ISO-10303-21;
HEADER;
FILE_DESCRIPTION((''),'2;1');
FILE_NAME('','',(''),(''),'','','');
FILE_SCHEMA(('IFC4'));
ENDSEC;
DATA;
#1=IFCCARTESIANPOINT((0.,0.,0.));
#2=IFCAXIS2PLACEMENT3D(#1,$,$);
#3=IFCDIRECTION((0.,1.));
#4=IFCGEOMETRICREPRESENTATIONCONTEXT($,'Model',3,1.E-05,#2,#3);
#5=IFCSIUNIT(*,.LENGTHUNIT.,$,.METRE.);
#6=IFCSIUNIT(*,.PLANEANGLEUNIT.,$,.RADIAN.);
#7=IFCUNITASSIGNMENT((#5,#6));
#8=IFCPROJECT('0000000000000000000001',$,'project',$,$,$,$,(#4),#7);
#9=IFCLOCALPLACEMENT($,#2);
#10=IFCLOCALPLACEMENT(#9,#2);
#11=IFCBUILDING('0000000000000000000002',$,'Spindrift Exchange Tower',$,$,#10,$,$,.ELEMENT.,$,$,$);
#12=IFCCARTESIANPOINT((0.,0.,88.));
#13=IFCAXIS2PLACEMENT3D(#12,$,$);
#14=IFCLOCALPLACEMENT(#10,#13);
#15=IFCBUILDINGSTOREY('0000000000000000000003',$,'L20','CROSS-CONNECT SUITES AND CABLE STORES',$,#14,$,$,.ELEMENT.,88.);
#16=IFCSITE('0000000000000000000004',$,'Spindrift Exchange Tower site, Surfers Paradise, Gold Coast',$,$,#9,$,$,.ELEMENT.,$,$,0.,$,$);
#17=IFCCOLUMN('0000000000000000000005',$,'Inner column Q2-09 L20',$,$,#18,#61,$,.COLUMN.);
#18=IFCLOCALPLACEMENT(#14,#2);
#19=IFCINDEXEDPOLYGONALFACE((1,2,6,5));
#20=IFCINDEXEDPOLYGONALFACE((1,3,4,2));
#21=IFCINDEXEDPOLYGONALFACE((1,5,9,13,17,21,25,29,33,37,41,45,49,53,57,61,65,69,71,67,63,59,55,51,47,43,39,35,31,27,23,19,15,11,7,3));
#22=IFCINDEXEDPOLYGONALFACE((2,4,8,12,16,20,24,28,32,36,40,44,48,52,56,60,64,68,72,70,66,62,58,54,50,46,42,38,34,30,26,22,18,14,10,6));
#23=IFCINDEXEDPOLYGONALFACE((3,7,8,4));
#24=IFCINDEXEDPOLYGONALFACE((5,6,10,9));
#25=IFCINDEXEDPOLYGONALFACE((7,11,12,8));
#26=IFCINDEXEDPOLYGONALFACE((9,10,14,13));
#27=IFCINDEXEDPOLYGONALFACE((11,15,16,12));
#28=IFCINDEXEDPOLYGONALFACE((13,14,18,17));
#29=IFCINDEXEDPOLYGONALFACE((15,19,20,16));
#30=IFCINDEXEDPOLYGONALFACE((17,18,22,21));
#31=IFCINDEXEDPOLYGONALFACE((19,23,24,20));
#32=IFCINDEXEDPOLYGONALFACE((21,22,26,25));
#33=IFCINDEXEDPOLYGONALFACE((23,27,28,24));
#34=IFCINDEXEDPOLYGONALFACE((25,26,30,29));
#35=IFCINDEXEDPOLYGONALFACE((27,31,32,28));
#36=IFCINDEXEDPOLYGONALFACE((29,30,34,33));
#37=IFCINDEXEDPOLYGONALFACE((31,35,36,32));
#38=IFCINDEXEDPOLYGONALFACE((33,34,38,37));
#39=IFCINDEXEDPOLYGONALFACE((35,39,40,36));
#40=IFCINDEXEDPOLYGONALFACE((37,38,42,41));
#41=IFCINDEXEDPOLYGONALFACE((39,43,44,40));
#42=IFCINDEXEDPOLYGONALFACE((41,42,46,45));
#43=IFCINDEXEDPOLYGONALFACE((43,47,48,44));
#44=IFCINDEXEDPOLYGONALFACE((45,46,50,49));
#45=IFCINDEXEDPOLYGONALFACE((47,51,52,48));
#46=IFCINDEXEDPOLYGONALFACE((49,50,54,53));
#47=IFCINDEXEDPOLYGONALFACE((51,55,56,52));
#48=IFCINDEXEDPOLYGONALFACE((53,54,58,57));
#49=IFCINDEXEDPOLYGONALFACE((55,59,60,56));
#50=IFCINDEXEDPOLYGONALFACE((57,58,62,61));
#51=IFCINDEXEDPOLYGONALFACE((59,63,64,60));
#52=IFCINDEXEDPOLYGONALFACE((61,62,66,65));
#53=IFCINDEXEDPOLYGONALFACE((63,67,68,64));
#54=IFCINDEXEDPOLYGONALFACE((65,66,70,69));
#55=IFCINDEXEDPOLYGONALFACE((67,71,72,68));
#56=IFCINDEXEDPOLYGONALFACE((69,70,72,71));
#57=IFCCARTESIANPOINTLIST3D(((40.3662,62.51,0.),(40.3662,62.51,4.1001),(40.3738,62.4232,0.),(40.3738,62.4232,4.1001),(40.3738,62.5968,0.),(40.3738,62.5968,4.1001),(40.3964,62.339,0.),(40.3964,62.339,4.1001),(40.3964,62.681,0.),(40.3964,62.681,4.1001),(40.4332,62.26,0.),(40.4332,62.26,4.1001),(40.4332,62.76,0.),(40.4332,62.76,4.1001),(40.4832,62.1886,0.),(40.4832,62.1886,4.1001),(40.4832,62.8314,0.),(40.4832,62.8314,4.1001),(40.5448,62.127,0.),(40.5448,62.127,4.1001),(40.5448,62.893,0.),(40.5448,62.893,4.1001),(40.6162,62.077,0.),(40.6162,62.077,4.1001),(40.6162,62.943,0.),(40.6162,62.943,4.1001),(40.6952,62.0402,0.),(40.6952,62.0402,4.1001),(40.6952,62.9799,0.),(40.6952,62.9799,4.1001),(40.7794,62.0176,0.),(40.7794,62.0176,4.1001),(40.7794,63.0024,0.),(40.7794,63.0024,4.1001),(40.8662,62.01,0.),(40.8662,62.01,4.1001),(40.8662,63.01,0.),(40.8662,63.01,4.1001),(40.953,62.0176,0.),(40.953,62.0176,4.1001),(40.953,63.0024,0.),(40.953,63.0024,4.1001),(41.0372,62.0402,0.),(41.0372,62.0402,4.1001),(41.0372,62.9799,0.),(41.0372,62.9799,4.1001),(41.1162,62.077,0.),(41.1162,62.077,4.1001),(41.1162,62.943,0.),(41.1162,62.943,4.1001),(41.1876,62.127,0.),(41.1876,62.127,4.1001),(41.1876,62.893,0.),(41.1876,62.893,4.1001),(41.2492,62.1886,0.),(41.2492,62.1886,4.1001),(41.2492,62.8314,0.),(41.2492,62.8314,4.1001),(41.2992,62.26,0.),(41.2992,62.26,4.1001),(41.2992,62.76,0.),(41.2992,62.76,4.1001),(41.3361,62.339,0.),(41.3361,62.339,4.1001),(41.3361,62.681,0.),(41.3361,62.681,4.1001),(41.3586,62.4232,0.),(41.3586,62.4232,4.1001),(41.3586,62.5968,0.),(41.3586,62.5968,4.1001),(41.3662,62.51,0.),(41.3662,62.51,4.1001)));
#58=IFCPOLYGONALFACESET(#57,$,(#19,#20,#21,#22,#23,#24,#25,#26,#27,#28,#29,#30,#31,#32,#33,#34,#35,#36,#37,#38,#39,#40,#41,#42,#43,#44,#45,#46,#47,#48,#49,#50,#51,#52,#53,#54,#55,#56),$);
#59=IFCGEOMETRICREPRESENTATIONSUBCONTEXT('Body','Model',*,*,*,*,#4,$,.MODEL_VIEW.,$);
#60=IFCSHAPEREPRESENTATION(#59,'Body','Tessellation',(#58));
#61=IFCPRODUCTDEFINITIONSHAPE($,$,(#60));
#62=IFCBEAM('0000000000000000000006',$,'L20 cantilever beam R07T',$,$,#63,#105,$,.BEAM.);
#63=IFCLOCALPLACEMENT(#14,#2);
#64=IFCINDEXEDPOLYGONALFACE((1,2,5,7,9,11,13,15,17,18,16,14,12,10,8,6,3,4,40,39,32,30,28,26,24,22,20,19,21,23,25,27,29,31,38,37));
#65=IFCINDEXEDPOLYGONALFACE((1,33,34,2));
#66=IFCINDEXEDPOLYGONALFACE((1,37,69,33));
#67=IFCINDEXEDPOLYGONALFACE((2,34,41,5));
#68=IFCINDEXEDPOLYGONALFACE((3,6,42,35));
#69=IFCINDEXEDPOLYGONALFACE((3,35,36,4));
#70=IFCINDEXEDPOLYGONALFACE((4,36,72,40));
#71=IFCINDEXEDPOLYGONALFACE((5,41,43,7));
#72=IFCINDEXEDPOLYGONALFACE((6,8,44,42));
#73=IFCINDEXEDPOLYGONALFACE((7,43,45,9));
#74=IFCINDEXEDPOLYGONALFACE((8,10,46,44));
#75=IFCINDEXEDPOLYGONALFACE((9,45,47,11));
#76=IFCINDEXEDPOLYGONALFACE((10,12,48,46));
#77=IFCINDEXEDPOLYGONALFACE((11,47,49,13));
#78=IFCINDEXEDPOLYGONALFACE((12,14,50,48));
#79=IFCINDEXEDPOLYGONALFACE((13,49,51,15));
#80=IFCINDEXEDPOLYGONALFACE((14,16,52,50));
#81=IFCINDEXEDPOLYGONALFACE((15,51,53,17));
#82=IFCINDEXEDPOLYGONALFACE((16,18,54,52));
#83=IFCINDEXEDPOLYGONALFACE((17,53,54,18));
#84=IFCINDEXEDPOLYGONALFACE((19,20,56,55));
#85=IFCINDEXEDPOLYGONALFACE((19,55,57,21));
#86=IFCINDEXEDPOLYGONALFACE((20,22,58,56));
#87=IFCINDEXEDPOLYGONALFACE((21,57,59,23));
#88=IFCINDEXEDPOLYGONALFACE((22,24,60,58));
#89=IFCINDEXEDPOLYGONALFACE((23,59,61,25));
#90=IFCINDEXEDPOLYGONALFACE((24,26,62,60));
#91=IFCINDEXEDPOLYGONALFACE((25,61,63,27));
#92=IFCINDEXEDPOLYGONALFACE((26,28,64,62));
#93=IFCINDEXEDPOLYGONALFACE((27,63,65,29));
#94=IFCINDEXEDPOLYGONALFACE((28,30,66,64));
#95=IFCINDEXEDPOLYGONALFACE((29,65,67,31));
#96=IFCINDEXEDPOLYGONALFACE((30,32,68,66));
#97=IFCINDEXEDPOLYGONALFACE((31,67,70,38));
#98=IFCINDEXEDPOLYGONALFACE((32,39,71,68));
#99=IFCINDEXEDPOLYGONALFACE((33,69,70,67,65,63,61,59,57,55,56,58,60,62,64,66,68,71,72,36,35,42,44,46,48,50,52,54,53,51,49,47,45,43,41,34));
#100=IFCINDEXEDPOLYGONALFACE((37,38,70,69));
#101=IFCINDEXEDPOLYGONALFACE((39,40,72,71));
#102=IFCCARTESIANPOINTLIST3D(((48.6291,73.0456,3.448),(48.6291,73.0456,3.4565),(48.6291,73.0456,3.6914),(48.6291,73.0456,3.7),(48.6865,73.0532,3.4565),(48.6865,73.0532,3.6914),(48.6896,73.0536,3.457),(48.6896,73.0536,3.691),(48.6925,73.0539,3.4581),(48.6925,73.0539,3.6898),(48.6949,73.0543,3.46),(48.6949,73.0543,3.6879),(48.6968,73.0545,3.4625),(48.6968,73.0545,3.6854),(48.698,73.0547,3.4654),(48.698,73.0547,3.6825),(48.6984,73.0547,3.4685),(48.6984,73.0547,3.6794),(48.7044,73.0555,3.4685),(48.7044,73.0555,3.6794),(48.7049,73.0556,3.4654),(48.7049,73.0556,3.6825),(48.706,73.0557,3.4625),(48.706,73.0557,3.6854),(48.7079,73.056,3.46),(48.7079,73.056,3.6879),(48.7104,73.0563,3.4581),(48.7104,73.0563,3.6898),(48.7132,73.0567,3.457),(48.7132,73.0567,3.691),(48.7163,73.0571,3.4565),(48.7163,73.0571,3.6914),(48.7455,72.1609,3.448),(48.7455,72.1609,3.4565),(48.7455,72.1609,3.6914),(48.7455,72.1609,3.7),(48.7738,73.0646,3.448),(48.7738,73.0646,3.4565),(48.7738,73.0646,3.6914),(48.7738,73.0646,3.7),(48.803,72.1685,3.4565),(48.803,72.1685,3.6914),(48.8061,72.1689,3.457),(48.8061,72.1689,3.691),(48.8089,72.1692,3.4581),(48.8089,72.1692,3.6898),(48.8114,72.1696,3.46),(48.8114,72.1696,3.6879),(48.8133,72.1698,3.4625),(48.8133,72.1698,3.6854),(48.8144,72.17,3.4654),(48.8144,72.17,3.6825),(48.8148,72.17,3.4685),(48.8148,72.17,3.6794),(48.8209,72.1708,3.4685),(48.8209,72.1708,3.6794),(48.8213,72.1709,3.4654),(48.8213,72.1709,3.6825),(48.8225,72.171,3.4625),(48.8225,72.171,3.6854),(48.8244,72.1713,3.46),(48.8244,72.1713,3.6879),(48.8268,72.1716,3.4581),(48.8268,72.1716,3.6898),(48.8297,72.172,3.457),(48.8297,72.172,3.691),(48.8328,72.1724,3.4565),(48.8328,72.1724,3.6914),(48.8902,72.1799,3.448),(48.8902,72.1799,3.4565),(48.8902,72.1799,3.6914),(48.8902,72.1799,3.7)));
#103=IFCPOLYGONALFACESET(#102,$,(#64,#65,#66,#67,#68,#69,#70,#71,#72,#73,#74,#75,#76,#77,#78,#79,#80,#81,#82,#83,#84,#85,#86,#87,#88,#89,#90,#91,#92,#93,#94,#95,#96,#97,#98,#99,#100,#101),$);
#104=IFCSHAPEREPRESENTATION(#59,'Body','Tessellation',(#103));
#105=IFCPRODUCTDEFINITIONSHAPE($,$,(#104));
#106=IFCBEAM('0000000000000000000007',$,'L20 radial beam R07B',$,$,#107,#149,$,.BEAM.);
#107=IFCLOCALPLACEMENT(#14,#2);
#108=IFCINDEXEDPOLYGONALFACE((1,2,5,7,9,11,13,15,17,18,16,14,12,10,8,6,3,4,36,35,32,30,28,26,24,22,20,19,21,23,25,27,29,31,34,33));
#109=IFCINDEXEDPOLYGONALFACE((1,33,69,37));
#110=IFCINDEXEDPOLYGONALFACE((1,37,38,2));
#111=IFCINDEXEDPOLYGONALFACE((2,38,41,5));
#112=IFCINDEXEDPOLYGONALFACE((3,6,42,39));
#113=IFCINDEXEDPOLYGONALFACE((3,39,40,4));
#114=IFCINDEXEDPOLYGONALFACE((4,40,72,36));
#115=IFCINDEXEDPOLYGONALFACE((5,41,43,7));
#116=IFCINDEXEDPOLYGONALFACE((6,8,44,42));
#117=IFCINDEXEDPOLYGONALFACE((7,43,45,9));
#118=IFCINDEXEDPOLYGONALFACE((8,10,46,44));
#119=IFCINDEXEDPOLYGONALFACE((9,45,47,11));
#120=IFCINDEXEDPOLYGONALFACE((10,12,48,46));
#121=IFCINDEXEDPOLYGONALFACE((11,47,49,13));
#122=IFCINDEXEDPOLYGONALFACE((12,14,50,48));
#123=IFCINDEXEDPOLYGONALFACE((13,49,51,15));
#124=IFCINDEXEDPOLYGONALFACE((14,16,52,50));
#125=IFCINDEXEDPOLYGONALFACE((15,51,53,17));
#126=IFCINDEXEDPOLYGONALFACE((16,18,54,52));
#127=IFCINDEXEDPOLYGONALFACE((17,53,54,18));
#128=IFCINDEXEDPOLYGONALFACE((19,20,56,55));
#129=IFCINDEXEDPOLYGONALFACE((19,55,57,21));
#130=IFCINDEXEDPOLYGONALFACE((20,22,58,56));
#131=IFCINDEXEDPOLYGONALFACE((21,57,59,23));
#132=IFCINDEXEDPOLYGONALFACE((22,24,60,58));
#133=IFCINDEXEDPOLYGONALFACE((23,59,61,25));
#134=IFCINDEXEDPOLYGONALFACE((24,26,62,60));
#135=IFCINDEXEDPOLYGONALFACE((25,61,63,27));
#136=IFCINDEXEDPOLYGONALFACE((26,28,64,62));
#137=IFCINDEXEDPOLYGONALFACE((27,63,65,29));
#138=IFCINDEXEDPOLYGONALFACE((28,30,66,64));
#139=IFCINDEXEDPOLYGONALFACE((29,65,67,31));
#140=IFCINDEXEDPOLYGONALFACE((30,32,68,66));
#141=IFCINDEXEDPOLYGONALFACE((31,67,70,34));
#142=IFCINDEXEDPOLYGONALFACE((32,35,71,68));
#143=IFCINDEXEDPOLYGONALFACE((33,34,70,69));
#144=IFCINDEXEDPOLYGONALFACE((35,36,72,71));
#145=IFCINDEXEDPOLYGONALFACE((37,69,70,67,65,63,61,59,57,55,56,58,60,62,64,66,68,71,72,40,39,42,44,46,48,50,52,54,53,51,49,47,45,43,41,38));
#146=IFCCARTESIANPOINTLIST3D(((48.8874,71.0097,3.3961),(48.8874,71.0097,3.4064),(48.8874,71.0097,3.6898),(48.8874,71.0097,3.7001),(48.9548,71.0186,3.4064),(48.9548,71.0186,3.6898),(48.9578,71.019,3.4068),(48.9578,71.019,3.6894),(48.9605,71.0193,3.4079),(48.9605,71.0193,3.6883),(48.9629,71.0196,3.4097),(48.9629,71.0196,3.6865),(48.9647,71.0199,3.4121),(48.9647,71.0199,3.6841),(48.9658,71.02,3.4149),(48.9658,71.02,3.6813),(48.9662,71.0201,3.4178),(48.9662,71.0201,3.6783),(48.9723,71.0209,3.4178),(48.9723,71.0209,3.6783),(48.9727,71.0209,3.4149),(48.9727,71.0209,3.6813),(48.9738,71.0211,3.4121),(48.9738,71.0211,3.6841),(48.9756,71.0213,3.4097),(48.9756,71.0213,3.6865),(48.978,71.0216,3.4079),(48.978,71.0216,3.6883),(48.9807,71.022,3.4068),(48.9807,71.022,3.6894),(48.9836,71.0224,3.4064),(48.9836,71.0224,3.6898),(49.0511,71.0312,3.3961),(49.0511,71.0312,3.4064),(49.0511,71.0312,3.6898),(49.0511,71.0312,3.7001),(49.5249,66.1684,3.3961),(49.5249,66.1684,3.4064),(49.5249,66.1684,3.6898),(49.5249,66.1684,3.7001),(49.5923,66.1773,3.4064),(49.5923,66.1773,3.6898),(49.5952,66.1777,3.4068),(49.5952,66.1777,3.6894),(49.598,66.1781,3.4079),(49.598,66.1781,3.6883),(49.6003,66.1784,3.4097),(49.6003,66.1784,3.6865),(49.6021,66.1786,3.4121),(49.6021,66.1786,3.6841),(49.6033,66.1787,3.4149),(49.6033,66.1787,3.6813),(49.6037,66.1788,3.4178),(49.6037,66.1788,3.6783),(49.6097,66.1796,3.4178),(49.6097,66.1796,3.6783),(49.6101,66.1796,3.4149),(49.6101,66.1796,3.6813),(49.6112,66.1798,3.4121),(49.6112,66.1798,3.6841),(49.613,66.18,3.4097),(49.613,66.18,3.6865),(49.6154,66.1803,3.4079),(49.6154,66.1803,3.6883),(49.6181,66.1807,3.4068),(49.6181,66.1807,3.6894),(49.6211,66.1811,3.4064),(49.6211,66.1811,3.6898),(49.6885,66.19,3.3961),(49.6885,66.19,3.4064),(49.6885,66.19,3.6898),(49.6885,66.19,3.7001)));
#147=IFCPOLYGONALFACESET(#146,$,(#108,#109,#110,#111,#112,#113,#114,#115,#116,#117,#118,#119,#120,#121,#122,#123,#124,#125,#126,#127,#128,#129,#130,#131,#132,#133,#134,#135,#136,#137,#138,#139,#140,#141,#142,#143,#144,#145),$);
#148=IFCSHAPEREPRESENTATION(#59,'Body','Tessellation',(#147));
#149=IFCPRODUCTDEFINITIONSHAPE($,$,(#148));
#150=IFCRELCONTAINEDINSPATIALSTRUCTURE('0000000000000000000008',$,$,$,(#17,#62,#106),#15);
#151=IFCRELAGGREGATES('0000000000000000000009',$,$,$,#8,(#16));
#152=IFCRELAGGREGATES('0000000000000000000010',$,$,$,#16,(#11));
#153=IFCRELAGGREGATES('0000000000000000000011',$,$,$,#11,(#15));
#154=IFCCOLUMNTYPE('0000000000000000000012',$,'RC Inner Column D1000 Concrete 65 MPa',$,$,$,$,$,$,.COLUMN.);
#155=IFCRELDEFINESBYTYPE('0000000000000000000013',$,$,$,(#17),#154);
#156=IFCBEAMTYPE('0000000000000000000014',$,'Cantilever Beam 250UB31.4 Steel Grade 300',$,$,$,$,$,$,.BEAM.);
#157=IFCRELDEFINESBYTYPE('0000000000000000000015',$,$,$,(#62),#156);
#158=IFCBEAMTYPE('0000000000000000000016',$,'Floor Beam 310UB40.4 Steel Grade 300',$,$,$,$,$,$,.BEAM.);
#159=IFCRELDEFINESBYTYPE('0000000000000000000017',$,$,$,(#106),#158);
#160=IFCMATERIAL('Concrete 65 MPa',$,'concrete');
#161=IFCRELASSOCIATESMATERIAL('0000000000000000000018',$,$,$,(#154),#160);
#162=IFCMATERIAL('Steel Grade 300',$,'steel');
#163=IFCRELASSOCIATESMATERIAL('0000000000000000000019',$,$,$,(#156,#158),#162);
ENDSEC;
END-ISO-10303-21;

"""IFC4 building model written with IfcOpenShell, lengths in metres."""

from ifc_helpers import new_model, si_unit, direction, frame, origin, origin_2d, place, context, subcontext, project, spatial, circle, i_section, extrude, source, transform, mapped, material, material_profile, profile_set, type_object, element, save


model = new_model("IFC4")

# Units and contexts
model_context = context("Model", 3, precision=1e-05, world=origin(), true_north=direction((0.0, 1.0)))
body_context = subcontext(model_context, "Body", "Model", "MODEL_VIEW")
ifc_project = project(units=[si_unit("LENGTHUNIT", "METRE"), si_unit("PLANEANGLEUNIT", "RADIAN")], contexts=[model_context])

# Site, building, storey
site_placement = place(None, origin())
site = spatial("IfcSite", under=ifc_project, at=site_placement, Name="Spindrift Exchange Tower site, Surfers Paradise, Gold Coast", CompositionType="ELEMENT", RefElevation=0.0)
building_placement = place(site_placement, origin())
building = spatial("IfcBuilding", under=site, at=building_placement, Name="Spindrift Exchange Tower", CompositionType="ELEMENT")
storey_placement = place(building_placement, frame((0.0, 0.0, 88.0)))
storey = spatial("IfcBuildingStorey", under=building, at=storey_placement, Name="L20", Description="CROSS-CONNECT SUITES AND CABLE STORES", CompositionType="ELEMENT", Elevation=88.0)

# Column
ifc_material_1 = material(Name="Concrete 65 MPa", Category="concrete")
ifc_material_profile_1 = material_profile(ifc_material_1, circle(Radius=0.5, at=origin_2d()), Name="RC D1000")
ifc_profile_set_1 = profile_set([ifc_material_profile_1], Name="Concrete 65 MPa")
column_type_1 = type_object("IfcColumnType", Name="RC Inner Column D1000 Concrete 65 MPa", PredefinedType="COLUMN", material=ifc_profile_set_1)
shared_shape_1 = source(origin(), body_context, "Body", "SweptSolid", [
    extrude(circle(Radius=0.5, at=origin_2d()), origin(), (0.0, 0.0, 1.0), 4.1001),
])
for number, where, z_axis, x_axis, name in (
    (1, (40.8662, 62.51, 0.0), (0.0, 0.0, 1.0), (1.0, 0.0, 0.0), "Inner column Q2-09 L20"),
):
    element("IfcColumn", number, at=place(storey_placement, frame(where, z_axis=z_axis, x_axis=x_axis)), inside=storey, type_object=column_type_1, Name=name, PredefinedType="COLUMN", context=body_context, shape_type="MappedRepresentation", body=[
        mapped(shared_shape_1, transform((0.0, 0.0, 0.0), scale=1.0)),
    ])

# Beams
ifc_material_2 = material(Name="Steel Grade 300", Category="steel")
ifc_material_profile_2 = material_profile(ifc_material_2, i_section(OverallWidth=0.146, OverallDepth=0.252, WebThickness=0.0061, FlangeThickness=0.0085, FilletRadius=0.012, at=origin_2d()), Name="250UB31.4")
ifc_profile_set_2 = profile_set([ifc_material_profile_2], Name="Steel Grade 300")
beam_type_1 = type_object("IfcBeamType", Name="Cantilever Beam 250UB31.4 Steel Grade 300", PredefinedType="BEAM", material=ifc_profile_set_2)
shared_shape_2 = source(origin(), body_context, "Body", "SweptSolid", [
    extrude(i_section(OverallWidth=0.146, OverallDepth=0.252, WebThickness=0.0061, FlangeThickness=0.0085, FilletRadius=0.012, at=origin_2d()), origin(), (0.0, 0.0, 1.0), 0.8923),
])
beam_1_placement = place(storey_placement, frame((48.8179, 72.1704, 3.574), z_axis=(-0.130497, 0.991449, 0.0), x_axis=(-0.991449, -0.130497, 0.0)))
element("IfcBeam", 2, at=beam_1_placement, inside=storey, type_object=beam_type_1, Name="L20 cantilever beam R07T", PredefinedType="BEAM", context=body_context, shape_type="MappedRepresentation", body=[
    mapped(shared_shape_2, transform((0.0, 0.0, 0.0), scale=1.0)),
])
ifc_material_profile_3 = material_profile(ifc_material_2, i_section(OverallWidth=0.165, OverallDepth=0.304, WebThickness=0.0061, FlangeThickness=0.0103, FilletRadius=0.0115, at=origin_2d()), Name="310UB40.4")
ifc_profile_set_3 = profile_set([ifc_material_profile_3], Name="Steel Grade 300")
beam_type_2 = type_object("IfcBeamType", Name="Floor Beam 310UB40.4 Steel Grade 300", PredefinedType="BEAM", material=ifc_profile_set_3)
shared_shape_3 = source(origin(), body_context, "Body", "SweptSolid", [
    extrude(i_section(OverallWidth=0.165, OverallDepth=0.304, WebThickness=0.0061, FlangeThickness=0.0103, FilletRadius=0.0115, at=origin_2d()), origin(), (0.0, 0.0, 1.0), 4.8831),
])
beam_2_placement = place(storey_placement, frame((49.6067, 66.1792, 3.5481), z_axis=(-0.130542, 0.991443, 0.0), x_axis=(-0.991443, -0.130542, 0.0)))
element("IfcBeam", 3, at=beam_2_placement, inside=storey, type_object=beam_type_2, Name="L20 radial beam R07B", PredefinedType="BEAM", context=body_context, shape_type="MappedRepresentation", body=[
    mapped(shared_shape_3, transform((0.0, 0.0, 0.0), scale=1.0)),
])

save(model, "model.ifc")
